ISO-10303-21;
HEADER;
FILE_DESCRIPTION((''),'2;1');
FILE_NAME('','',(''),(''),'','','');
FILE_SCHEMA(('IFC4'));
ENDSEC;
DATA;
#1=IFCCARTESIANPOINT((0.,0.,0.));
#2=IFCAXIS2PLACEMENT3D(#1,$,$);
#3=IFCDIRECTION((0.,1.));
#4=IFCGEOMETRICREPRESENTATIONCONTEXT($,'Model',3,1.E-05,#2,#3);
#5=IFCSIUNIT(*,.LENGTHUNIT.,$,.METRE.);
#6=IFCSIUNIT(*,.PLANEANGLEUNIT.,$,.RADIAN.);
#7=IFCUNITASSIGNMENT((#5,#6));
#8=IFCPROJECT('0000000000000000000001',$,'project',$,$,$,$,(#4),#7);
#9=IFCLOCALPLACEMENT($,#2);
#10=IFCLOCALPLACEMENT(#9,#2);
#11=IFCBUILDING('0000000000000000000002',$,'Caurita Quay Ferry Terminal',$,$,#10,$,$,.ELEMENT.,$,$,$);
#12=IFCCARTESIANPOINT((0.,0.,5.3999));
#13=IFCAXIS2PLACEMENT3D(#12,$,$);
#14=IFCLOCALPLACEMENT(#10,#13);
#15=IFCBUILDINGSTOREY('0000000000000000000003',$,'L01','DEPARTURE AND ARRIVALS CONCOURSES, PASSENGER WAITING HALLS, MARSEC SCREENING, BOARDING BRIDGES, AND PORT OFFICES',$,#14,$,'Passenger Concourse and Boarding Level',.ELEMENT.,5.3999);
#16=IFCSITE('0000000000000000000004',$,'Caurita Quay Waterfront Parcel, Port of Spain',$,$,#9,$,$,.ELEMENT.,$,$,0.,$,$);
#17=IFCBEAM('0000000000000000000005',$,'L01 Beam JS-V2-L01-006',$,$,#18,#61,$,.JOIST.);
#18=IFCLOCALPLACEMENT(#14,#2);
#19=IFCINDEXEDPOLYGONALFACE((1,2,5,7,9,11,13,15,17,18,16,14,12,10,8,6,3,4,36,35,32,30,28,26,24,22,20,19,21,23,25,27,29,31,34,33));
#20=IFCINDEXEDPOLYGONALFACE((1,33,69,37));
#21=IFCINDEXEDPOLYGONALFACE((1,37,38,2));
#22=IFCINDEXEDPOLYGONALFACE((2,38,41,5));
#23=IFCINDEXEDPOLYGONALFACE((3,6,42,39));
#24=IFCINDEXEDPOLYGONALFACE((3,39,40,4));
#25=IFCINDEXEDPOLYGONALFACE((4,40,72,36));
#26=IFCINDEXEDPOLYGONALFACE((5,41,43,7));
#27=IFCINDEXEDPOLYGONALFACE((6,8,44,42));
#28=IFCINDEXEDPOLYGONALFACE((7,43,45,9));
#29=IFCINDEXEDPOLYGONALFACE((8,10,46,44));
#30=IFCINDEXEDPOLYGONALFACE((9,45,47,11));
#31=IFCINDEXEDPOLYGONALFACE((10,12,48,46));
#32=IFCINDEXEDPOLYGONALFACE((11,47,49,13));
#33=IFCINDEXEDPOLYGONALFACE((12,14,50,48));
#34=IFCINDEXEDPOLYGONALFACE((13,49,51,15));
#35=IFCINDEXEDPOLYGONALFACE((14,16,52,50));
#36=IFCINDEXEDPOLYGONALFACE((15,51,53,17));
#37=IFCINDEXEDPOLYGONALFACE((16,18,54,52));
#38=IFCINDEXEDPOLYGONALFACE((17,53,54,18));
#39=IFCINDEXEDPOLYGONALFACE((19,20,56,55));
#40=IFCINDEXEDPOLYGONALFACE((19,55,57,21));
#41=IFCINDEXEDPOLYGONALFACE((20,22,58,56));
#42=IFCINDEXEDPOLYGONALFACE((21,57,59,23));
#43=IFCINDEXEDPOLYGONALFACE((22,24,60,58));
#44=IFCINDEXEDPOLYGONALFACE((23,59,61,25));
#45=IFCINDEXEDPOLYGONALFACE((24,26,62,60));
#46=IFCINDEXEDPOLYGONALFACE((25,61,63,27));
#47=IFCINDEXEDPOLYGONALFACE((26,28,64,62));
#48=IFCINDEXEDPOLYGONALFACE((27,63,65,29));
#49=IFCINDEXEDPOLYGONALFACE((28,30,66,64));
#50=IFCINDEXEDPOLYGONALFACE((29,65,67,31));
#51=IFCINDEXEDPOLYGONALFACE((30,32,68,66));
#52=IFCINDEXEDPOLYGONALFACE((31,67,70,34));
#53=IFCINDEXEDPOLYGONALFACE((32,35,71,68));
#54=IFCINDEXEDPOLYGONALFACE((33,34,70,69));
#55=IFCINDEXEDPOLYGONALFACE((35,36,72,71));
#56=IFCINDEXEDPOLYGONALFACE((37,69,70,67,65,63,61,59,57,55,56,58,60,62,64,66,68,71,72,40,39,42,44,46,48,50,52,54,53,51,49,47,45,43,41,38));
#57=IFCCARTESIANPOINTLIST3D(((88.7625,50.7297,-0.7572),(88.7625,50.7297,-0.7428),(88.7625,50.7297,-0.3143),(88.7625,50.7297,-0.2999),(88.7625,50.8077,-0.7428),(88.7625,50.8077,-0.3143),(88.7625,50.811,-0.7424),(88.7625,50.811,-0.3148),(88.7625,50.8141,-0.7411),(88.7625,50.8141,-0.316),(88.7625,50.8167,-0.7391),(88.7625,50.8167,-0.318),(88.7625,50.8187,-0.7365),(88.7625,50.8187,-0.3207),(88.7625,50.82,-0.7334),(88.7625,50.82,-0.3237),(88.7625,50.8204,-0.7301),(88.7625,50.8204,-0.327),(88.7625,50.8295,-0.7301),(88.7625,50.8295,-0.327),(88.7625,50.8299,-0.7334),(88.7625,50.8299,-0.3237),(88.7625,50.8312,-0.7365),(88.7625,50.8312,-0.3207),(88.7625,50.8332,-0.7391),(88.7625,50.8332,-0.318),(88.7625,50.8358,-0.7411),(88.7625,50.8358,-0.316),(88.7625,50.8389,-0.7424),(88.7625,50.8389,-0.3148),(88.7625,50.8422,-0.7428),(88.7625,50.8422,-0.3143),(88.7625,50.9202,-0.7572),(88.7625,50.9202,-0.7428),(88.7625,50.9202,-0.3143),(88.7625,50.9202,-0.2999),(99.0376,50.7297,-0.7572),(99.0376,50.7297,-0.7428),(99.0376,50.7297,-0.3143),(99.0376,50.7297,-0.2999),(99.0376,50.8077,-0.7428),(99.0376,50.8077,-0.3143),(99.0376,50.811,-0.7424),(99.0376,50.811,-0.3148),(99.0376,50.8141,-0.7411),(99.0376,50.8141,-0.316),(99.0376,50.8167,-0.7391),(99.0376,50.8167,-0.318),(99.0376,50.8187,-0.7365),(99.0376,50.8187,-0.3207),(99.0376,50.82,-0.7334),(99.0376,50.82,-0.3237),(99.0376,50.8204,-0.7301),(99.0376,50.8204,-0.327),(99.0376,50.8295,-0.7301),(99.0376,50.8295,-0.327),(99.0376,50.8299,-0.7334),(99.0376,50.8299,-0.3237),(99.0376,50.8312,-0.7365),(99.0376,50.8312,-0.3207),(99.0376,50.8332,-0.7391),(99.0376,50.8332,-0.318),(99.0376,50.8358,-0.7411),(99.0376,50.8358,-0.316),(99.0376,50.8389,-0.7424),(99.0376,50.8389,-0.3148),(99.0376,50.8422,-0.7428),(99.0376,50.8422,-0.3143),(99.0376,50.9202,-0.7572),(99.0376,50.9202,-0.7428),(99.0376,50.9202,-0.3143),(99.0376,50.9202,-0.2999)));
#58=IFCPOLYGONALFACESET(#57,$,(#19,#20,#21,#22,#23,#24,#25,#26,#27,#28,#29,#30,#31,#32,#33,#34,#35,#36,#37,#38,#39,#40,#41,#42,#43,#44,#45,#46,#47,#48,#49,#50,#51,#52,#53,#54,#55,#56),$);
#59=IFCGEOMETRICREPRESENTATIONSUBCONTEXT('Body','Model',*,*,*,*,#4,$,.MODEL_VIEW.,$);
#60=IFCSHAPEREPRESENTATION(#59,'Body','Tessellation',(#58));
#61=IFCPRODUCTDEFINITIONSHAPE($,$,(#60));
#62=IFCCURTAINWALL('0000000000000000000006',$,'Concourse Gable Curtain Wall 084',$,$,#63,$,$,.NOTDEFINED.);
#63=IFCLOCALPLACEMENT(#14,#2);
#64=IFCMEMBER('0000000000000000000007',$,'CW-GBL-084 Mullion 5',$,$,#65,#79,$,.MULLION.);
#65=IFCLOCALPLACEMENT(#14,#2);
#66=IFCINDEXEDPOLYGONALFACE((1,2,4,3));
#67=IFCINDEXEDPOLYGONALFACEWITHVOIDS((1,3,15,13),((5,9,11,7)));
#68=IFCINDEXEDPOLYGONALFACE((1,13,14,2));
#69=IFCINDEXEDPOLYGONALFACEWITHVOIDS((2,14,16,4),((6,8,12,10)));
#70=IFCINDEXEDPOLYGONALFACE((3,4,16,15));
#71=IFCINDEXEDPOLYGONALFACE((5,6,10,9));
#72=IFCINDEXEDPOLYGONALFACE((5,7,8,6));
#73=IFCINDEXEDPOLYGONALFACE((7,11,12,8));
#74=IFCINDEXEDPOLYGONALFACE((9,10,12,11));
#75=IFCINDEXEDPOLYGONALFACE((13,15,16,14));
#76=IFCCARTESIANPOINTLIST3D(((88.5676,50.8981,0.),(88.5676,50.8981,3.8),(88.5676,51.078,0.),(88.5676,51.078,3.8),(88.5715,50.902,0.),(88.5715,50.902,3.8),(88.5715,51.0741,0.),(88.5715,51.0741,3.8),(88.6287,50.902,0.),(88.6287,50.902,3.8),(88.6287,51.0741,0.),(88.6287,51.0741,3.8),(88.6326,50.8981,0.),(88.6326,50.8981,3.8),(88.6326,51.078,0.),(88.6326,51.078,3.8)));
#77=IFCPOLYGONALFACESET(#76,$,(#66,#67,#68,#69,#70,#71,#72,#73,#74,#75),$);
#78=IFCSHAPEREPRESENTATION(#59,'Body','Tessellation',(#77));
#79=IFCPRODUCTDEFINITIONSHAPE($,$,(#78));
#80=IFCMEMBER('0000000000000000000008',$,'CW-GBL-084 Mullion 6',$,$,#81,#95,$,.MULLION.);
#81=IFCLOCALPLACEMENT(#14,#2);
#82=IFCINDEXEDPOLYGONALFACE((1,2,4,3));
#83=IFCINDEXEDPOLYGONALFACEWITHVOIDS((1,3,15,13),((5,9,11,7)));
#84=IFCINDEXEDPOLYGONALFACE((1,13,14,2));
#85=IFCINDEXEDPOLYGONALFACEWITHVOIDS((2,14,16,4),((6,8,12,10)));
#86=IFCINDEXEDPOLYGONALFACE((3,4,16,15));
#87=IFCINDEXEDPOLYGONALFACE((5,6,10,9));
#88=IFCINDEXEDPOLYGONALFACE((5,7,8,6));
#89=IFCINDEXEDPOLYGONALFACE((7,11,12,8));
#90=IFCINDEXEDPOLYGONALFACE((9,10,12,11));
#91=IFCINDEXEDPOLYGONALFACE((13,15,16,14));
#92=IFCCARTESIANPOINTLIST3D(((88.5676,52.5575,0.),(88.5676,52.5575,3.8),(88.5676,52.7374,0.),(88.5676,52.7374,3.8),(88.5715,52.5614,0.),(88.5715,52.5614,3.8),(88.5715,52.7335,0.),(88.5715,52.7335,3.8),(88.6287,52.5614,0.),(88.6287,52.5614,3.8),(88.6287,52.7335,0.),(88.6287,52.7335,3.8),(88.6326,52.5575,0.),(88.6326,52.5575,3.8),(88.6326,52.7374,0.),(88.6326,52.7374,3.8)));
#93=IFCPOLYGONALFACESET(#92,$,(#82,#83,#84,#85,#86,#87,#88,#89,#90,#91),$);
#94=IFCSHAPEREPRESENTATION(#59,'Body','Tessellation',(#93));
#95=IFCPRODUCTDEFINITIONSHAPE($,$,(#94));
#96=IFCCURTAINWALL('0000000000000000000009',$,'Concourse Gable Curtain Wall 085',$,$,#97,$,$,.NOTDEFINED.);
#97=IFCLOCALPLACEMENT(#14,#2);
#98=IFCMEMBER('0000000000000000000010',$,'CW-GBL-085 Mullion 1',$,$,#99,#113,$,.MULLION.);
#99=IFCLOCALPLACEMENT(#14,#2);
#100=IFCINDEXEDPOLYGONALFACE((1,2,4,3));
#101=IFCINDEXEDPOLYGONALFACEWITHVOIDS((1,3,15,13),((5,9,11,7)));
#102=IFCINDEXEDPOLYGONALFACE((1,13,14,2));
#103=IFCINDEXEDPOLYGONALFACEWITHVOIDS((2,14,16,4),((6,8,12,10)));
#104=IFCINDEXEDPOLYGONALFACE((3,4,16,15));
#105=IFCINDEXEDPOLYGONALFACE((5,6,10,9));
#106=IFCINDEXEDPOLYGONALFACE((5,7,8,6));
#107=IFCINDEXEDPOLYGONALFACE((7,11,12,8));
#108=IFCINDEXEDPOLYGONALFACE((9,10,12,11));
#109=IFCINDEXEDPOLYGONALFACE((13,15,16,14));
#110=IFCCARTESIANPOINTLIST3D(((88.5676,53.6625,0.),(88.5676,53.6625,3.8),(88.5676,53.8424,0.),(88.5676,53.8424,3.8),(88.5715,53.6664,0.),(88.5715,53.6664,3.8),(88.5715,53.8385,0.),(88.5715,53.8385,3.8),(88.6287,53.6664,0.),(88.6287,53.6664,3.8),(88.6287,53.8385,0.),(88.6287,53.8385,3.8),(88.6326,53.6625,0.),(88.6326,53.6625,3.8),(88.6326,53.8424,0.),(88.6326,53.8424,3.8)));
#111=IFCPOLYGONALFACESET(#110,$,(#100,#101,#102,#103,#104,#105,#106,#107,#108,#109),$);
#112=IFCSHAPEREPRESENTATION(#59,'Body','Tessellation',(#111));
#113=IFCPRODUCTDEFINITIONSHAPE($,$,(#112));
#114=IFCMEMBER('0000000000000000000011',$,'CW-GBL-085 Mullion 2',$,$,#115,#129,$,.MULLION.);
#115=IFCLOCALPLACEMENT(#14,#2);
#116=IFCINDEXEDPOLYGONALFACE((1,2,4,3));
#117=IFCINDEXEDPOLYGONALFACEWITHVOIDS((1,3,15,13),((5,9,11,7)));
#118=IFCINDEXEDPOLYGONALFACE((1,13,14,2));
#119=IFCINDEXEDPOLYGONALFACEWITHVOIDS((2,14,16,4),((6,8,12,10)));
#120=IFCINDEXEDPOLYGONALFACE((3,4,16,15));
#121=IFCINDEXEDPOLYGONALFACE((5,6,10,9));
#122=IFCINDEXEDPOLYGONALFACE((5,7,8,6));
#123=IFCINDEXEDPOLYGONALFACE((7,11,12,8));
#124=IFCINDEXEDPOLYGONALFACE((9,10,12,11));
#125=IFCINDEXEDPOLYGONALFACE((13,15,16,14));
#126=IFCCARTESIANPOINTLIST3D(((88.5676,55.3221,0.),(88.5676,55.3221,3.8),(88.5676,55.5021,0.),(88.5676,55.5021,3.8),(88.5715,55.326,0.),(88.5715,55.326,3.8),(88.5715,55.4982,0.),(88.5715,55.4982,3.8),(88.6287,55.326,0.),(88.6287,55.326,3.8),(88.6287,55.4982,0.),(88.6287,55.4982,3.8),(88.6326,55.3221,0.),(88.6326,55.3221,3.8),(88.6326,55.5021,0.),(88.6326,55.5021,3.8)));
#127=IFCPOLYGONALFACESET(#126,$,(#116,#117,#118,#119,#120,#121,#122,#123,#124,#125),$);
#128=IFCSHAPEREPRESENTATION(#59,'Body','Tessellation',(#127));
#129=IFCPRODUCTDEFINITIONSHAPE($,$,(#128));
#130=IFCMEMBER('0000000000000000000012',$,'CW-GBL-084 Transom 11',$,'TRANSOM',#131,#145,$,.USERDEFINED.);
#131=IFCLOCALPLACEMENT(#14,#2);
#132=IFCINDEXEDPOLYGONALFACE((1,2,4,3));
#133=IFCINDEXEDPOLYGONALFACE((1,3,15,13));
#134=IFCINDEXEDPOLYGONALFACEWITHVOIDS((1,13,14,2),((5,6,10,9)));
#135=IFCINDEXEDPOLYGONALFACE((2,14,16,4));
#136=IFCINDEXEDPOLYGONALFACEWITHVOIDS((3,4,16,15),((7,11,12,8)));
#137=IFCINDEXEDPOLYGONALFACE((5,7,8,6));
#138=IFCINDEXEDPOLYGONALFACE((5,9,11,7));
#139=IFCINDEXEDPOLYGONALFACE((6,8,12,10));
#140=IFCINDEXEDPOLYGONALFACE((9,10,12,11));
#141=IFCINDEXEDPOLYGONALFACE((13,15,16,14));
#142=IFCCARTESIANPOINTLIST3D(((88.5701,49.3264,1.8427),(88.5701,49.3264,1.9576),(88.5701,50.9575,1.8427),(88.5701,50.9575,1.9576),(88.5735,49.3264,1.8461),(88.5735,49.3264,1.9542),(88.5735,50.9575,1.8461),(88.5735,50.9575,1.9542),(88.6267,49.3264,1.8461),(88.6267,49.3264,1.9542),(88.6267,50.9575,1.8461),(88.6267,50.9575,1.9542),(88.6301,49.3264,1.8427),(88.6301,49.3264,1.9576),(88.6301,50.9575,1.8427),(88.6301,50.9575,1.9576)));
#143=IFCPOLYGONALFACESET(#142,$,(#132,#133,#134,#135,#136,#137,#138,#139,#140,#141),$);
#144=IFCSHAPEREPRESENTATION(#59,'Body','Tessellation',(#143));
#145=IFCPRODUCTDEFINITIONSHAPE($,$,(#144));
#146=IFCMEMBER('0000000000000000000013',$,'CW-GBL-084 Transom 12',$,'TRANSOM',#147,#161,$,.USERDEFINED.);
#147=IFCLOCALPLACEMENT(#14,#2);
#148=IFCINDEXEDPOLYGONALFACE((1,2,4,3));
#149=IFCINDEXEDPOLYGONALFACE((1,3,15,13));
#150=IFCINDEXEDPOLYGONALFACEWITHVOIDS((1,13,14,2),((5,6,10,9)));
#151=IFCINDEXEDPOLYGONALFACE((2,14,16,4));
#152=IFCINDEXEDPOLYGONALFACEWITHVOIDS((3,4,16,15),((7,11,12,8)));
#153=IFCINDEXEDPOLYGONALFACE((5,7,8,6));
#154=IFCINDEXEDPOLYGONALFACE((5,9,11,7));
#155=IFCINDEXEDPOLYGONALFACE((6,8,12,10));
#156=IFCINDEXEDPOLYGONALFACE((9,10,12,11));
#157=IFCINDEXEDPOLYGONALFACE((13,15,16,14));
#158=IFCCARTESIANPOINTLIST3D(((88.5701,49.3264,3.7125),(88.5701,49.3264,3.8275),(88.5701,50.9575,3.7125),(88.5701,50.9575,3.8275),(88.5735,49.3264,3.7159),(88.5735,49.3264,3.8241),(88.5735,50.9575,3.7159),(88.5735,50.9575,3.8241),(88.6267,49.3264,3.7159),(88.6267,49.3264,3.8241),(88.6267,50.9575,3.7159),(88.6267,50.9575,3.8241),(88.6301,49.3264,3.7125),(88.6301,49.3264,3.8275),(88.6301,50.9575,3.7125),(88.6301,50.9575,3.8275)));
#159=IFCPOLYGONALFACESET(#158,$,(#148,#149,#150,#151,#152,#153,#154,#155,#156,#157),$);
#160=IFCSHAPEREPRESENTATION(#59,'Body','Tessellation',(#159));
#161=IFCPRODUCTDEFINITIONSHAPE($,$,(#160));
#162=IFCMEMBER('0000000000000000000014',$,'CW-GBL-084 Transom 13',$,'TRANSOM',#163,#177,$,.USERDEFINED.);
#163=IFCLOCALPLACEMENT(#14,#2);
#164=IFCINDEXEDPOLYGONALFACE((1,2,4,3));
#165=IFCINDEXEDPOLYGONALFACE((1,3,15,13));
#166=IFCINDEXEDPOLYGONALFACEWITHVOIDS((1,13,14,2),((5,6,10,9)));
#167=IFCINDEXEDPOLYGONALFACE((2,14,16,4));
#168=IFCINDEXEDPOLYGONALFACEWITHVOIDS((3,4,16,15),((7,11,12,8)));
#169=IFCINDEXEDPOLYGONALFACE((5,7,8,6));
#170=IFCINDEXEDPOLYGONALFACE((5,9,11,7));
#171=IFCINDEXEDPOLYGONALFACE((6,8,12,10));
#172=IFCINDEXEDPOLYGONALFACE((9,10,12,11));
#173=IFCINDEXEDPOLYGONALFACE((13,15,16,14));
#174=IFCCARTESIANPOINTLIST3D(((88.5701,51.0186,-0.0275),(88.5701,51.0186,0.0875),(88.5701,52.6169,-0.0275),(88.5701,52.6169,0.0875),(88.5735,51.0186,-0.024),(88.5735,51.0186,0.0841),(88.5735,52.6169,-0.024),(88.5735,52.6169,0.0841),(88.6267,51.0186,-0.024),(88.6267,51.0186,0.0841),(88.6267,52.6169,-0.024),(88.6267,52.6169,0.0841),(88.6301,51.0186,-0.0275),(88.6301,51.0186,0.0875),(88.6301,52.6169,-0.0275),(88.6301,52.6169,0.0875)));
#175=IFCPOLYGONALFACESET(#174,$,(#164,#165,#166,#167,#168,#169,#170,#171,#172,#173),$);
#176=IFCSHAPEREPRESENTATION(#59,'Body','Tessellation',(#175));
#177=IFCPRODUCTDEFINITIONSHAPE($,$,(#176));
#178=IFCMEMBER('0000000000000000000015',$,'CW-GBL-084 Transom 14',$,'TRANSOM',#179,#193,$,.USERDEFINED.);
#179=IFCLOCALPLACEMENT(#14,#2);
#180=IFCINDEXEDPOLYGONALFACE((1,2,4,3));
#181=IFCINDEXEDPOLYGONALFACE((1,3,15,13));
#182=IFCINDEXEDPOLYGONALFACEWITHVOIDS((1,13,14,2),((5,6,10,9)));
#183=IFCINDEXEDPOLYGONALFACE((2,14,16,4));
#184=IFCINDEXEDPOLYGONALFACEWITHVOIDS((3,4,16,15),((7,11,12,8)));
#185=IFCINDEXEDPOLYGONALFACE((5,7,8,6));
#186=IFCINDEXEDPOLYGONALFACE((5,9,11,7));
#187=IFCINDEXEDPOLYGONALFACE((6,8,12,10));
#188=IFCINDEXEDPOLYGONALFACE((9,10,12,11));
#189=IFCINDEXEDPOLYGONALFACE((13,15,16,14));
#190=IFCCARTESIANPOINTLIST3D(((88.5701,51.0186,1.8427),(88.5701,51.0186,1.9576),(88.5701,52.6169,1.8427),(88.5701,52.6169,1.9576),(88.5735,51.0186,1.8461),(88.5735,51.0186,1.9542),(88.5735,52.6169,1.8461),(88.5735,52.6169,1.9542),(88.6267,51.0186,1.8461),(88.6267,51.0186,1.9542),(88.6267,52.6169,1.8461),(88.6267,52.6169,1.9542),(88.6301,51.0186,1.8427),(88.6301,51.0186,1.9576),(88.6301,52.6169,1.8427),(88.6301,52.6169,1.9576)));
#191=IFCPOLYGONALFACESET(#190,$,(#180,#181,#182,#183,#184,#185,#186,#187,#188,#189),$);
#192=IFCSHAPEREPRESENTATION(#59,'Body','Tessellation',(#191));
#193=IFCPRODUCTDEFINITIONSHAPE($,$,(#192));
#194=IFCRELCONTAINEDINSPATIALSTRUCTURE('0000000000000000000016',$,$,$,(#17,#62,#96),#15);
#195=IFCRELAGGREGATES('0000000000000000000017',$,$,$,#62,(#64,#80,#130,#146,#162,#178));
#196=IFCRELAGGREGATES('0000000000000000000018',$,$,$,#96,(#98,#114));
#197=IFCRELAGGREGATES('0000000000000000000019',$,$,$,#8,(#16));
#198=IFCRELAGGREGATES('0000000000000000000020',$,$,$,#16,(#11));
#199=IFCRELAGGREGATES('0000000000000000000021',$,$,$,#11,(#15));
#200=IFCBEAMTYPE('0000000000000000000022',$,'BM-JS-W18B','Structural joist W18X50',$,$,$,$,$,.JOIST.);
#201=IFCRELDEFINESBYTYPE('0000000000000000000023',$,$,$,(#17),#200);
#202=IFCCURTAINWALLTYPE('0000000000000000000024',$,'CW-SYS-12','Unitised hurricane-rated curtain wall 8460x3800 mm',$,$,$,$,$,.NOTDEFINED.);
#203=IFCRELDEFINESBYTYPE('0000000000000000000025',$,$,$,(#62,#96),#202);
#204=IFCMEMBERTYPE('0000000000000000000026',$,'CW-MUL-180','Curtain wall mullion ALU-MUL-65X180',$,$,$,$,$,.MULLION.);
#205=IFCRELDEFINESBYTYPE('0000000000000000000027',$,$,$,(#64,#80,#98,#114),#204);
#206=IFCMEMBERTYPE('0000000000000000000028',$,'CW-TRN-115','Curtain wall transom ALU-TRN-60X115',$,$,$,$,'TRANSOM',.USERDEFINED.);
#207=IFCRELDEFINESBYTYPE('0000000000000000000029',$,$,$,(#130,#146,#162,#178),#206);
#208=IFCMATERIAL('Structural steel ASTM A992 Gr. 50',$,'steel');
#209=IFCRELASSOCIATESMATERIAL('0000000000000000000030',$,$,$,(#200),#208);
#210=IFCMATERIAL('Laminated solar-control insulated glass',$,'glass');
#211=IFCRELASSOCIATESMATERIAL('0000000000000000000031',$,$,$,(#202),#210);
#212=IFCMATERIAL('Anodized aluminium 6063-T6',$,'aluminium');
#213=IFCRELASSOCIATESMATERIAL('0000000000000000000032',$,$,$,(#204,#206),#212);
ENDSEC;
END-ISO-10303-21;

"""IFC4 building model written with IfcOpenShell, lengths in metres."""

from ifc_helpers import new_model, si_unit, direction, frame, origin, origin_2d, place, context, subcontext, project, spatial, hollow_rectangle, i_section, extrude, material, material_profile, profile_set, type_object, element, aggregate, save


model = new_model("IFC4")

# Units and contexts
model_context = context("Model", 3, precision=1e-05, world=origin(), true_north=direction((0.0, 1.0)))
body_context = subcontext(model_context, "Body", "Model", "MODEL_VIEW")
ifc_project = project(units=[si_unit("LENGTHUNIT", "METRE"), si_unit("PLANEANGLEUNIT", "RADIAN")], contexts=[model_context])

# Site, building, storey
site_placement = place(None, origin())
site = spatial("IfcSite", under=ifc_project, at=site_placement, Name="Caurita Quay Waterfront Parcel, Port of Spain", CompositionType="ELEMENT", RefElevation=0.0)
building_placement = place(site_placement, origin())
building = spatial("IfcBuilding", under=site, at=building_placement, Name="Caurita Quay Ferry Terminal", CompositionType="ELEMENT")
storey_placement = place(building_placement, frame((0.0, 0.0, 5.3999)))
storey = spatial("IfcBuildingStorey", under=building, at=storey_placement, Name="L01", Description="DEPARTURE AND ARRIVALS CONCOURSES, PASSENGER WAITING HALLS, MARSEC SCREENING, BOARDING BRIDGES, AND PORT OFFICES", LongName="Passenger Concourse and Boarding Level", CompositionType="ELEMENT", Elevation=5.3999)

# Shared definitions
ifc_material_1 = material(Name="Structural steel ASTM A992 Gr. 50", Category="steel")

# Beam
ifc_material_profile_1 = material_profile(ifc_material_1, i_section(OverallWidth=0.1904, OverallDepth=0.4573, WebThickness=0.009, FlangeThickness=0.0144, FilletRadius=0.0127, at=origin_2d()), Name="W18X50")
ifc_profile_set_1 = profile_set([ifc_material_profile_1], Name="Structural steel ASTM A992 Gr. 50")
beam_type_1 = type_object("IfcBeamType", Name="BM-JS-W18B", Description="Structural joist W18X50", PredefinedType="JOIST", material=ifc_profile_set_1)
beam_1_placement = place(storey_placement, frame((88.7625, 50.825, -0.5286), z_axis=(1.0, 0.0, 0.0), x_axis=(0.0, 1.0, 0.0)))
element("IfcBeam", 1, at=beam_1_placement, inside=storey, type_object=beam_type_1, Name="L01 Beam JS-V2-L01-006", PredefinedType="JOIST", context=body_context, shape_type="SweptSolid", body=[
    extrude(i_section(OverallWidth=0.1904, OverallDepth=0.4573, WebThickness=0.009, FlangeThickness=0.0144, FilletRadius=0.0127, at=origin_2d()), origin(), (0.0, 0.0, 1.0), 10.2751),
])

# Curtain walls, members
ifc_material_2 = material(Name="Laminated solar-control insulated glass", Category="glass")
curtain_wall_type = type_object("IfcCurtainWallType", Name="CW-SYS-12", Description="Unitised hurricane-rated curtain wall 8460x3800 mm", PredefinedType="NOTDEFINED", material=ifc_material_2)
curtain_wall_1_placement = place(storey_placement, origin())
curtain_wall_1 = element("IfcCurtainWall", 2, at=curtain_wall_1_placement, inside=storey, type_object=curtain_wall_type, Name="Concourse Gable Curtain Wall 084", PredefinedType="NOTDEFINED")
ifc_material_3 = material(Name="Anodized aluminium 6063-T6", Category="aluminium")
ifc_material_profile_2 = material_profile(ifc_material_3, hollow_rectangle(XDim=0.0649, YDim=0.1799, WallThickness=0.0039, at=origin_2d()), Name="ALU-MUL-65X180")
ifc_profile_set_2 = profile_set([ifc_material_profile_2], Name="Anodized aluminium 6063-T6")
member_type_1 = type_object("IfcMemberType", Name="CW-MUL-180", Description="Curtain wall mullion ALU-MUL-65X180", PredefinedType="MULLION", material=ifc_profile_set_2)
member_1_placement = place(storey_placement, frame((88.6001, 50.988, 0.0), z_axis=(0.0, 0.0, 1.0), x_axis=(-1.0, 0.0, 0.0)))
member_1 = element("IfcMember", 3, at=member_1_placement, type_object=member_type_1, Name="CW-GBL-084 Mullion 5", PredefinedType="MULLION", context=body_context, shape_type="SweptSolid", body=[
    extrude(hollow_rectangle(XDim=0.0649, YDim=0.1799, WallThickness=0.0039, at=origin_2d()), origin(), (0.0, 0.0, 1.0), 3.8),
])
member_2_placement = place(storey_placement, frame((88.6001, 52.6475, 0.0), z_axis=(0.0, 0.0, 1.0), x_axis=(-1.0, 0.0, 0.0)))
member_2 = element("IfcMember", 4, at=member_2_placement, type_object=member_type_1, Name="CW-GBL-084 Mullion 6", PredefinedType="MULLION", context=body_context, shape_type="SweptSolid", body=[
    extrude(hollow_rectangle(XDim=0.0649, YDim=0.1799, WallThickness=0.0039, at=origin_2d()), origin(), (0.0, 0.0, 1.0), 3.8),
])
curtain_wall_2_placement = place(storey_placement, origin())
curtain_wall_2 = element("IfcCurtainWall", 5, at=curtain_wall_2_placement, inside=storey, type_object=curtain_wall_type, Name="Concourse Gable Curtain Wall 085", PredefinedType="NOTDEFINED")
member_3_placement = place(storey_placement, frame((88.6001, 53.7524, 0.0), z_axis=(0.0, 0.0, 1.0), x_axis=(-1.0, 0.0, 0.0)))
member_3 = element("IfcMember", 6, at=member_3_placement, type_object=member_type_1, Name="CW-GBL-085 Mullion 1", PredefinedType="MULLION", context=body_context, shape_type="SweptSolid", body=[
    extrude(hollow_rectangle(XDim=0.0649, YDim=0.1799, WallThickness=0.0039, at=origin_2d()), origin(), (0.0, 0.0, 1.0), 3.8),
])
member_4_placement = place(storey_placement, frame((88.6001, 55.4121, 0.0), z_axis=(0.0, 0.0, 1.0), x_axis=(-1.0, 0.0, 0.0)))
member_4 = element("IfcMember", 7, at=member_4_placement, type_object=member_type_1, Name="CW-GBL-085 Mullion 2", PredefinedType="MULLION", context=body_context, shape_type="SweptSolid", body=[
    extrude(hollow_rectangle(XDim=0.0649, YDim=0.1799, WallThickness=0.0039, at=origin_2d()), origin(), (0.0, 0.0, 1.0), 3.8),
])

# Members
ifc_material_profile_3 = material_profile(ifc_material_3, hollow_rectangle(XDim=0.0601, YDim=0.115, WallThickness=0.0034, at=origin_2d()), Name="ALU-TRN-60X115")
ifc_profile_set_3 = profile_set([ifc_material_profile_3], Name="Anodized aluminium 6063-T6")
member_type_2 = type_object("IfcMemberType", Name="CW-TRN-115", Description="Curtain wall transom ALU-TRN-60X115", ElementType="TRANSOM", PredefinedType="USERDEFINED", material=ifc_profile_set_3)
member_5_placement = place(storey_placement, frame((88.6001, 49.3264, 1.9001), z_axis=(0.0, 1.0, 0.0), x_axis=(-1.0, 0.0, 0.0)))
member_5 = element("IfcMember", 8, at=member_5_placement, type_object=member_type_2, Name="CW-GBL-084 Transom 11", ObjectType="TRANSOM", PredefinedType="USERDEFINED", context=body_context, shape_type="SweptSolid", body=[
    extrude(hollow_rectangle(XDim=0.0601, YDim=0.115, WallThickness=0.0034, at=origin_2d()), origin(), (0.0, 0.0, 1.0), 1.6311),
])
member_6_placement = place(storey_placement, frame((88.6001, 49.3264, 3.77), z_axis=(0.0, 1.0, 0.0), x_axis=(-1.0, 0.0, 0.0)))
member_6 = element("IfcMember", 9, at=member_6_placement, type_object=member_type_2, Name="CW-GBL-084 Transom 12", ObjectType="TRANSOM", PredefinedType="USERDEFINED", context=body_context, shape_type="SweptSolid", body=[
    extrude(hollow_rectangle(XDim=0.0601, YDim=0.115, WallThickness=0.0034, at=origin_2d()), origin(), (0.0, 0.0, 1.0), 1.6311),
])
member_7_placement = place(storey_placement, frame((88.6001, 51.0186, 0.03), z_axis=(0.0, 1.0, 0.0), x_axis=(-1.0, 0.0, 0.0)))
member_7 = element("IfcMember", 10, at=member_7_placement, type_object=member_type_2, Name="CW-GBL-084 Transom 13", ObjectType="TRANSOM", PredefinedType="USERDEFINED", context=body_context, shape_type="SweptSolid", body=[
    extrude(hollow_rectangle(XDim=0.0601, YDim=0.115, WallThickness=0.0034, at=origin_2d()), origin(), (0.0, 0.0, 1.0), 1.5984),
])
member_8_placement = place(storey_placement, frame((88.6001, 51.0186, 1.9001), z_axis=(0.0, 1.0, 0.0), x_axis=(-1.0, 0.0, 0.0)))
member_8 = element("IfcMember", 11, at=member_8_placement, type_object=member_type_2, Name="CW-GBL-084 Transom 14", ObjectType="TRANSOM", PredefinedType="USERDEFINED", context=body_context, shape_type="SweptSolid", body=[
    extrude(hollow_rectangle(XDim=0.0601, YDim=0.115, WallThickness=0.0034, at=origin_2d()), origin(), (0.0, 0.0, 1.0), 1.5984),
])

aggregate(curtain_wall_1, [member_1, member_2, member_5, member_6, member_7, member_8])
aggregate(curtain_wall_2, [member_3, member_4])

save(model, "model.ifc")
